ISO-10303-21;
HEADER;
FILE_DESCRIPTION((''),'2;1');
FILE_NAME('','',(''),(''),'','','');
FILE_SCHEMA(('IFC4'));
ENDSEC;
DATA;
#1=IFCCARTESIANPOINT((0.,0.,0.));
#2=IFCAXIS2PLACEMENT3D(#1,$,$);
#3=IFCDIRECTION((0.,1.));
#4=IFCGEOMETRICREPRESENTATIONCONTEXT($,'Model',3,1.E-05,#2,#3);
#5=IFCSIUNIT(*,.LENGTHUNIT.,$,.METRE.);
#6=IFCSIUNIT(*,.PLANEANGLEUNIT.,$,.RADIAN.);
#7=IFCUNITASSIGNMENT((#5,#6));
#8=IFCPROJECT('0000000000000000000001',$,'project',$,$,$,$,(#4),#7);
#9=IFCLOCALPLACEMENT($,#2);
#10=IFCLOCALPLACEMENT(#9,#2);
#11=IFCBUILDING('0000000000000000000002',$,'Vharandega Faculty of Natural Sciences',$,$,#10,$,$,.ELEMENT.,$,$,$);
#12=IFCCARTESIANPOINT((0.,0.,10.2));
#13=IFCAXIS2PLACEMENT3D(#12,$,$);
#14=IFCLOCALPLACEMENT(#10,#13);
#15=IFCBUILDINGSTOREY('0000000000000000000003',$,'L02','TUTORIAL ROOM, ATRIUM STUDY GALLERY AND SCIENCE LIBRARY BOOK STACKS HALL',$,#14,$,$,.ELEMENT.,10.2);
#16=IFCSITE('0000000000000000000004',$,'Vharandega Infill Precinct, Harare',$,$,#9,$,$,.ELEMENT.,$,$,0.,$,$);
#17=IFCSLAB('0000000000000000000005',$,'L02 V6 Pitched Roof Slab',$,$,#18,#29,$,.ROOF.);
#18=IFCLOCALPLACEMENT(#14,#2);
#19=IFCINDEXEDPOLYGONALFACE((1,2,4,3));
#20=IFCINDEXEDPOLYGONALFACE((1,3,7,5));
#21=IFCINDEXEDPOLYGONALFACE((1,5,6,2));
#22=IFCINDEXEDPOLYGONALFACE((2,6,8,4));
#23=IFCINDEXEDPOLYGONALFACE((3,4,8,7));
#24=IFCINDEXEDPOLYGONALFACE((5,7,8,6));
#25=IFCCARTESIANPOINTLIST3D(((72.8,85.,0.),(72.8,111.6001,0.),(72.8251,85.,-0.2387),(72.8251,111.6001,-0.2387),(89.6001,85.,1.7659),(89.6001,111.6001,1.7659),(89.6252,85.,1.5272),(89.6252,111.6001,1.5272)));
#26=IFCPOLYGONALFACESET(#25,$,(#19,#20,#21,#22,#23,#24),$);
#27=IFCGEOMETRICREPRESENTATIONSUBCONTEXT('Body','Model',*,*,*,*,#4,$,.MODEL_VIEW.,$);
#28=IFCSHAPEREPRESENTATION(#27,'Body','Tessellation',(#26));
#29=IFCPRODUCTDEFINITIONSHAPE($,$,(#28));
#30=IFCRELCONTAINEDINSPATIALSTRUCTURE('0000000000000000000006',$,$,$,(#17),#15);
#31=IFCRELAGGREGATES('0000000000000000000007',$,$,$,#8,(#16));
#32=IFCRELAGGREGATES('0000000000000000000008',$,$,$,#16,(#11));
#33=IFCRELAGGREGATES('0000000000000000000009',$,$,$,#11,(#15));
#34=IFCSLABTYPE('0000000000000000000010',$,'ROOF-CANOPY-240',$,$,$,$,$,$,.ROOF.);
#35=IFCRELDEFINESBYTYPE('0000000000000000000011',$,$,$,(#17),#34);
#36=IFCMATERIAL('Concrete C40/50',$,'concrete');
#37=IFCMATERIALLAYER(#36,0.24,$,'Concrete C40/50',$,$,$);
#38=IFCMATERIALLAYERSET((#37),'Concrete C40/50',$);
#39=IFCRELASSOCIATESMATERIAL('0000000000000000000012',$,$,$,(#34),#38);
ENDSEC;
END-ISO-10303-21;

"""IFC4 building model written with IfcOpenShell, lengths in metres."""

from ifc_helpers import new_model, si_unit, direction, frame, origin, place, context, subcontext, project, spatial, polyline, outline, extrude, material, layer, layer_set, type_object, element, save


model = new_model("IFC4")

# Units and contexts
model_context = context("Model", 3, precision=1e-05, world=origin(), true_north=direction((0.0, 1.0)))
body_context = subcontext(model_context, "Body", "Model", "MODEL_VIEW")
ifc_project = project(units=[si_unit("LENGTHUNIT", "METRE"), si_unit("PLANEANGLEUNIT", "RADIAN")], contexts=[model_context])

# Site, building, storey
site_placement = place(None, origin())
site = spatial("IfcSite", under=ifc_project, at=site_placement, Name="Vharandega Infill Precinct, Harare", CompositionType="ELEMENT", RefElevation=0.0)
building_placement = place(site_placement, origin())
building = spatial("IfcBuilding", under=site, at=building_placement, Name="Vharandega Faculty of Natural Sciences", CompositionType="ELEMENT")
storey_placement = place(building_placement, frame((0.0, 0.0, 10.2)))
storey = spatial("IfcBuildingStorey", under=building, at=storey_placement, Name="L02", Description="TUTORIAL ROOM, ATRIUM STUDY GALLERY AND SCIENCE LIBRARY BOOK STACKS HALL", CompositionType="ELEMENT", Elevation=10.2)

# Slab
ifc_material_1 = material(Name="Concrete C40/50", Category="concrete")
ifc_layer_1 = layer(ifc_material_1, 0.24, Name="Concrete C40/50")
ifc_layer_set_1 = layer_set([ifc_layer_1], Name="Concrete C40/50")
slab_type = type_object("IfcSlabType", Name="ROOF-CANOPY-240", PredefinedType="ROOF", material=ifc_layer_set_1)
slab_placement = place(storey_placement, frame((72.8, 85.0, 0.0), z_axis=(-0.104535, 0.0, 0.994521), x_axis=(0.994521, 0.0, 0.104535)))
element("IfcSlab", 1, at=slab_placement, inside=storey, type_object=slab_type, Name="L02 V6 Pitched Roof Slab", PredefinedType="ROOF", context=body_context, shape_type="SweptSolid", body=[
    extrude(outline(polyline([(0.0, 0.0), (16.8926, 0.0), (16.8926, 26.6001), (0.0, 26.6001), (0.0, 0.0)])), origin(), (0.0, 0.0, -1.0), 0.24),
])

save(model, "model.ifc")
